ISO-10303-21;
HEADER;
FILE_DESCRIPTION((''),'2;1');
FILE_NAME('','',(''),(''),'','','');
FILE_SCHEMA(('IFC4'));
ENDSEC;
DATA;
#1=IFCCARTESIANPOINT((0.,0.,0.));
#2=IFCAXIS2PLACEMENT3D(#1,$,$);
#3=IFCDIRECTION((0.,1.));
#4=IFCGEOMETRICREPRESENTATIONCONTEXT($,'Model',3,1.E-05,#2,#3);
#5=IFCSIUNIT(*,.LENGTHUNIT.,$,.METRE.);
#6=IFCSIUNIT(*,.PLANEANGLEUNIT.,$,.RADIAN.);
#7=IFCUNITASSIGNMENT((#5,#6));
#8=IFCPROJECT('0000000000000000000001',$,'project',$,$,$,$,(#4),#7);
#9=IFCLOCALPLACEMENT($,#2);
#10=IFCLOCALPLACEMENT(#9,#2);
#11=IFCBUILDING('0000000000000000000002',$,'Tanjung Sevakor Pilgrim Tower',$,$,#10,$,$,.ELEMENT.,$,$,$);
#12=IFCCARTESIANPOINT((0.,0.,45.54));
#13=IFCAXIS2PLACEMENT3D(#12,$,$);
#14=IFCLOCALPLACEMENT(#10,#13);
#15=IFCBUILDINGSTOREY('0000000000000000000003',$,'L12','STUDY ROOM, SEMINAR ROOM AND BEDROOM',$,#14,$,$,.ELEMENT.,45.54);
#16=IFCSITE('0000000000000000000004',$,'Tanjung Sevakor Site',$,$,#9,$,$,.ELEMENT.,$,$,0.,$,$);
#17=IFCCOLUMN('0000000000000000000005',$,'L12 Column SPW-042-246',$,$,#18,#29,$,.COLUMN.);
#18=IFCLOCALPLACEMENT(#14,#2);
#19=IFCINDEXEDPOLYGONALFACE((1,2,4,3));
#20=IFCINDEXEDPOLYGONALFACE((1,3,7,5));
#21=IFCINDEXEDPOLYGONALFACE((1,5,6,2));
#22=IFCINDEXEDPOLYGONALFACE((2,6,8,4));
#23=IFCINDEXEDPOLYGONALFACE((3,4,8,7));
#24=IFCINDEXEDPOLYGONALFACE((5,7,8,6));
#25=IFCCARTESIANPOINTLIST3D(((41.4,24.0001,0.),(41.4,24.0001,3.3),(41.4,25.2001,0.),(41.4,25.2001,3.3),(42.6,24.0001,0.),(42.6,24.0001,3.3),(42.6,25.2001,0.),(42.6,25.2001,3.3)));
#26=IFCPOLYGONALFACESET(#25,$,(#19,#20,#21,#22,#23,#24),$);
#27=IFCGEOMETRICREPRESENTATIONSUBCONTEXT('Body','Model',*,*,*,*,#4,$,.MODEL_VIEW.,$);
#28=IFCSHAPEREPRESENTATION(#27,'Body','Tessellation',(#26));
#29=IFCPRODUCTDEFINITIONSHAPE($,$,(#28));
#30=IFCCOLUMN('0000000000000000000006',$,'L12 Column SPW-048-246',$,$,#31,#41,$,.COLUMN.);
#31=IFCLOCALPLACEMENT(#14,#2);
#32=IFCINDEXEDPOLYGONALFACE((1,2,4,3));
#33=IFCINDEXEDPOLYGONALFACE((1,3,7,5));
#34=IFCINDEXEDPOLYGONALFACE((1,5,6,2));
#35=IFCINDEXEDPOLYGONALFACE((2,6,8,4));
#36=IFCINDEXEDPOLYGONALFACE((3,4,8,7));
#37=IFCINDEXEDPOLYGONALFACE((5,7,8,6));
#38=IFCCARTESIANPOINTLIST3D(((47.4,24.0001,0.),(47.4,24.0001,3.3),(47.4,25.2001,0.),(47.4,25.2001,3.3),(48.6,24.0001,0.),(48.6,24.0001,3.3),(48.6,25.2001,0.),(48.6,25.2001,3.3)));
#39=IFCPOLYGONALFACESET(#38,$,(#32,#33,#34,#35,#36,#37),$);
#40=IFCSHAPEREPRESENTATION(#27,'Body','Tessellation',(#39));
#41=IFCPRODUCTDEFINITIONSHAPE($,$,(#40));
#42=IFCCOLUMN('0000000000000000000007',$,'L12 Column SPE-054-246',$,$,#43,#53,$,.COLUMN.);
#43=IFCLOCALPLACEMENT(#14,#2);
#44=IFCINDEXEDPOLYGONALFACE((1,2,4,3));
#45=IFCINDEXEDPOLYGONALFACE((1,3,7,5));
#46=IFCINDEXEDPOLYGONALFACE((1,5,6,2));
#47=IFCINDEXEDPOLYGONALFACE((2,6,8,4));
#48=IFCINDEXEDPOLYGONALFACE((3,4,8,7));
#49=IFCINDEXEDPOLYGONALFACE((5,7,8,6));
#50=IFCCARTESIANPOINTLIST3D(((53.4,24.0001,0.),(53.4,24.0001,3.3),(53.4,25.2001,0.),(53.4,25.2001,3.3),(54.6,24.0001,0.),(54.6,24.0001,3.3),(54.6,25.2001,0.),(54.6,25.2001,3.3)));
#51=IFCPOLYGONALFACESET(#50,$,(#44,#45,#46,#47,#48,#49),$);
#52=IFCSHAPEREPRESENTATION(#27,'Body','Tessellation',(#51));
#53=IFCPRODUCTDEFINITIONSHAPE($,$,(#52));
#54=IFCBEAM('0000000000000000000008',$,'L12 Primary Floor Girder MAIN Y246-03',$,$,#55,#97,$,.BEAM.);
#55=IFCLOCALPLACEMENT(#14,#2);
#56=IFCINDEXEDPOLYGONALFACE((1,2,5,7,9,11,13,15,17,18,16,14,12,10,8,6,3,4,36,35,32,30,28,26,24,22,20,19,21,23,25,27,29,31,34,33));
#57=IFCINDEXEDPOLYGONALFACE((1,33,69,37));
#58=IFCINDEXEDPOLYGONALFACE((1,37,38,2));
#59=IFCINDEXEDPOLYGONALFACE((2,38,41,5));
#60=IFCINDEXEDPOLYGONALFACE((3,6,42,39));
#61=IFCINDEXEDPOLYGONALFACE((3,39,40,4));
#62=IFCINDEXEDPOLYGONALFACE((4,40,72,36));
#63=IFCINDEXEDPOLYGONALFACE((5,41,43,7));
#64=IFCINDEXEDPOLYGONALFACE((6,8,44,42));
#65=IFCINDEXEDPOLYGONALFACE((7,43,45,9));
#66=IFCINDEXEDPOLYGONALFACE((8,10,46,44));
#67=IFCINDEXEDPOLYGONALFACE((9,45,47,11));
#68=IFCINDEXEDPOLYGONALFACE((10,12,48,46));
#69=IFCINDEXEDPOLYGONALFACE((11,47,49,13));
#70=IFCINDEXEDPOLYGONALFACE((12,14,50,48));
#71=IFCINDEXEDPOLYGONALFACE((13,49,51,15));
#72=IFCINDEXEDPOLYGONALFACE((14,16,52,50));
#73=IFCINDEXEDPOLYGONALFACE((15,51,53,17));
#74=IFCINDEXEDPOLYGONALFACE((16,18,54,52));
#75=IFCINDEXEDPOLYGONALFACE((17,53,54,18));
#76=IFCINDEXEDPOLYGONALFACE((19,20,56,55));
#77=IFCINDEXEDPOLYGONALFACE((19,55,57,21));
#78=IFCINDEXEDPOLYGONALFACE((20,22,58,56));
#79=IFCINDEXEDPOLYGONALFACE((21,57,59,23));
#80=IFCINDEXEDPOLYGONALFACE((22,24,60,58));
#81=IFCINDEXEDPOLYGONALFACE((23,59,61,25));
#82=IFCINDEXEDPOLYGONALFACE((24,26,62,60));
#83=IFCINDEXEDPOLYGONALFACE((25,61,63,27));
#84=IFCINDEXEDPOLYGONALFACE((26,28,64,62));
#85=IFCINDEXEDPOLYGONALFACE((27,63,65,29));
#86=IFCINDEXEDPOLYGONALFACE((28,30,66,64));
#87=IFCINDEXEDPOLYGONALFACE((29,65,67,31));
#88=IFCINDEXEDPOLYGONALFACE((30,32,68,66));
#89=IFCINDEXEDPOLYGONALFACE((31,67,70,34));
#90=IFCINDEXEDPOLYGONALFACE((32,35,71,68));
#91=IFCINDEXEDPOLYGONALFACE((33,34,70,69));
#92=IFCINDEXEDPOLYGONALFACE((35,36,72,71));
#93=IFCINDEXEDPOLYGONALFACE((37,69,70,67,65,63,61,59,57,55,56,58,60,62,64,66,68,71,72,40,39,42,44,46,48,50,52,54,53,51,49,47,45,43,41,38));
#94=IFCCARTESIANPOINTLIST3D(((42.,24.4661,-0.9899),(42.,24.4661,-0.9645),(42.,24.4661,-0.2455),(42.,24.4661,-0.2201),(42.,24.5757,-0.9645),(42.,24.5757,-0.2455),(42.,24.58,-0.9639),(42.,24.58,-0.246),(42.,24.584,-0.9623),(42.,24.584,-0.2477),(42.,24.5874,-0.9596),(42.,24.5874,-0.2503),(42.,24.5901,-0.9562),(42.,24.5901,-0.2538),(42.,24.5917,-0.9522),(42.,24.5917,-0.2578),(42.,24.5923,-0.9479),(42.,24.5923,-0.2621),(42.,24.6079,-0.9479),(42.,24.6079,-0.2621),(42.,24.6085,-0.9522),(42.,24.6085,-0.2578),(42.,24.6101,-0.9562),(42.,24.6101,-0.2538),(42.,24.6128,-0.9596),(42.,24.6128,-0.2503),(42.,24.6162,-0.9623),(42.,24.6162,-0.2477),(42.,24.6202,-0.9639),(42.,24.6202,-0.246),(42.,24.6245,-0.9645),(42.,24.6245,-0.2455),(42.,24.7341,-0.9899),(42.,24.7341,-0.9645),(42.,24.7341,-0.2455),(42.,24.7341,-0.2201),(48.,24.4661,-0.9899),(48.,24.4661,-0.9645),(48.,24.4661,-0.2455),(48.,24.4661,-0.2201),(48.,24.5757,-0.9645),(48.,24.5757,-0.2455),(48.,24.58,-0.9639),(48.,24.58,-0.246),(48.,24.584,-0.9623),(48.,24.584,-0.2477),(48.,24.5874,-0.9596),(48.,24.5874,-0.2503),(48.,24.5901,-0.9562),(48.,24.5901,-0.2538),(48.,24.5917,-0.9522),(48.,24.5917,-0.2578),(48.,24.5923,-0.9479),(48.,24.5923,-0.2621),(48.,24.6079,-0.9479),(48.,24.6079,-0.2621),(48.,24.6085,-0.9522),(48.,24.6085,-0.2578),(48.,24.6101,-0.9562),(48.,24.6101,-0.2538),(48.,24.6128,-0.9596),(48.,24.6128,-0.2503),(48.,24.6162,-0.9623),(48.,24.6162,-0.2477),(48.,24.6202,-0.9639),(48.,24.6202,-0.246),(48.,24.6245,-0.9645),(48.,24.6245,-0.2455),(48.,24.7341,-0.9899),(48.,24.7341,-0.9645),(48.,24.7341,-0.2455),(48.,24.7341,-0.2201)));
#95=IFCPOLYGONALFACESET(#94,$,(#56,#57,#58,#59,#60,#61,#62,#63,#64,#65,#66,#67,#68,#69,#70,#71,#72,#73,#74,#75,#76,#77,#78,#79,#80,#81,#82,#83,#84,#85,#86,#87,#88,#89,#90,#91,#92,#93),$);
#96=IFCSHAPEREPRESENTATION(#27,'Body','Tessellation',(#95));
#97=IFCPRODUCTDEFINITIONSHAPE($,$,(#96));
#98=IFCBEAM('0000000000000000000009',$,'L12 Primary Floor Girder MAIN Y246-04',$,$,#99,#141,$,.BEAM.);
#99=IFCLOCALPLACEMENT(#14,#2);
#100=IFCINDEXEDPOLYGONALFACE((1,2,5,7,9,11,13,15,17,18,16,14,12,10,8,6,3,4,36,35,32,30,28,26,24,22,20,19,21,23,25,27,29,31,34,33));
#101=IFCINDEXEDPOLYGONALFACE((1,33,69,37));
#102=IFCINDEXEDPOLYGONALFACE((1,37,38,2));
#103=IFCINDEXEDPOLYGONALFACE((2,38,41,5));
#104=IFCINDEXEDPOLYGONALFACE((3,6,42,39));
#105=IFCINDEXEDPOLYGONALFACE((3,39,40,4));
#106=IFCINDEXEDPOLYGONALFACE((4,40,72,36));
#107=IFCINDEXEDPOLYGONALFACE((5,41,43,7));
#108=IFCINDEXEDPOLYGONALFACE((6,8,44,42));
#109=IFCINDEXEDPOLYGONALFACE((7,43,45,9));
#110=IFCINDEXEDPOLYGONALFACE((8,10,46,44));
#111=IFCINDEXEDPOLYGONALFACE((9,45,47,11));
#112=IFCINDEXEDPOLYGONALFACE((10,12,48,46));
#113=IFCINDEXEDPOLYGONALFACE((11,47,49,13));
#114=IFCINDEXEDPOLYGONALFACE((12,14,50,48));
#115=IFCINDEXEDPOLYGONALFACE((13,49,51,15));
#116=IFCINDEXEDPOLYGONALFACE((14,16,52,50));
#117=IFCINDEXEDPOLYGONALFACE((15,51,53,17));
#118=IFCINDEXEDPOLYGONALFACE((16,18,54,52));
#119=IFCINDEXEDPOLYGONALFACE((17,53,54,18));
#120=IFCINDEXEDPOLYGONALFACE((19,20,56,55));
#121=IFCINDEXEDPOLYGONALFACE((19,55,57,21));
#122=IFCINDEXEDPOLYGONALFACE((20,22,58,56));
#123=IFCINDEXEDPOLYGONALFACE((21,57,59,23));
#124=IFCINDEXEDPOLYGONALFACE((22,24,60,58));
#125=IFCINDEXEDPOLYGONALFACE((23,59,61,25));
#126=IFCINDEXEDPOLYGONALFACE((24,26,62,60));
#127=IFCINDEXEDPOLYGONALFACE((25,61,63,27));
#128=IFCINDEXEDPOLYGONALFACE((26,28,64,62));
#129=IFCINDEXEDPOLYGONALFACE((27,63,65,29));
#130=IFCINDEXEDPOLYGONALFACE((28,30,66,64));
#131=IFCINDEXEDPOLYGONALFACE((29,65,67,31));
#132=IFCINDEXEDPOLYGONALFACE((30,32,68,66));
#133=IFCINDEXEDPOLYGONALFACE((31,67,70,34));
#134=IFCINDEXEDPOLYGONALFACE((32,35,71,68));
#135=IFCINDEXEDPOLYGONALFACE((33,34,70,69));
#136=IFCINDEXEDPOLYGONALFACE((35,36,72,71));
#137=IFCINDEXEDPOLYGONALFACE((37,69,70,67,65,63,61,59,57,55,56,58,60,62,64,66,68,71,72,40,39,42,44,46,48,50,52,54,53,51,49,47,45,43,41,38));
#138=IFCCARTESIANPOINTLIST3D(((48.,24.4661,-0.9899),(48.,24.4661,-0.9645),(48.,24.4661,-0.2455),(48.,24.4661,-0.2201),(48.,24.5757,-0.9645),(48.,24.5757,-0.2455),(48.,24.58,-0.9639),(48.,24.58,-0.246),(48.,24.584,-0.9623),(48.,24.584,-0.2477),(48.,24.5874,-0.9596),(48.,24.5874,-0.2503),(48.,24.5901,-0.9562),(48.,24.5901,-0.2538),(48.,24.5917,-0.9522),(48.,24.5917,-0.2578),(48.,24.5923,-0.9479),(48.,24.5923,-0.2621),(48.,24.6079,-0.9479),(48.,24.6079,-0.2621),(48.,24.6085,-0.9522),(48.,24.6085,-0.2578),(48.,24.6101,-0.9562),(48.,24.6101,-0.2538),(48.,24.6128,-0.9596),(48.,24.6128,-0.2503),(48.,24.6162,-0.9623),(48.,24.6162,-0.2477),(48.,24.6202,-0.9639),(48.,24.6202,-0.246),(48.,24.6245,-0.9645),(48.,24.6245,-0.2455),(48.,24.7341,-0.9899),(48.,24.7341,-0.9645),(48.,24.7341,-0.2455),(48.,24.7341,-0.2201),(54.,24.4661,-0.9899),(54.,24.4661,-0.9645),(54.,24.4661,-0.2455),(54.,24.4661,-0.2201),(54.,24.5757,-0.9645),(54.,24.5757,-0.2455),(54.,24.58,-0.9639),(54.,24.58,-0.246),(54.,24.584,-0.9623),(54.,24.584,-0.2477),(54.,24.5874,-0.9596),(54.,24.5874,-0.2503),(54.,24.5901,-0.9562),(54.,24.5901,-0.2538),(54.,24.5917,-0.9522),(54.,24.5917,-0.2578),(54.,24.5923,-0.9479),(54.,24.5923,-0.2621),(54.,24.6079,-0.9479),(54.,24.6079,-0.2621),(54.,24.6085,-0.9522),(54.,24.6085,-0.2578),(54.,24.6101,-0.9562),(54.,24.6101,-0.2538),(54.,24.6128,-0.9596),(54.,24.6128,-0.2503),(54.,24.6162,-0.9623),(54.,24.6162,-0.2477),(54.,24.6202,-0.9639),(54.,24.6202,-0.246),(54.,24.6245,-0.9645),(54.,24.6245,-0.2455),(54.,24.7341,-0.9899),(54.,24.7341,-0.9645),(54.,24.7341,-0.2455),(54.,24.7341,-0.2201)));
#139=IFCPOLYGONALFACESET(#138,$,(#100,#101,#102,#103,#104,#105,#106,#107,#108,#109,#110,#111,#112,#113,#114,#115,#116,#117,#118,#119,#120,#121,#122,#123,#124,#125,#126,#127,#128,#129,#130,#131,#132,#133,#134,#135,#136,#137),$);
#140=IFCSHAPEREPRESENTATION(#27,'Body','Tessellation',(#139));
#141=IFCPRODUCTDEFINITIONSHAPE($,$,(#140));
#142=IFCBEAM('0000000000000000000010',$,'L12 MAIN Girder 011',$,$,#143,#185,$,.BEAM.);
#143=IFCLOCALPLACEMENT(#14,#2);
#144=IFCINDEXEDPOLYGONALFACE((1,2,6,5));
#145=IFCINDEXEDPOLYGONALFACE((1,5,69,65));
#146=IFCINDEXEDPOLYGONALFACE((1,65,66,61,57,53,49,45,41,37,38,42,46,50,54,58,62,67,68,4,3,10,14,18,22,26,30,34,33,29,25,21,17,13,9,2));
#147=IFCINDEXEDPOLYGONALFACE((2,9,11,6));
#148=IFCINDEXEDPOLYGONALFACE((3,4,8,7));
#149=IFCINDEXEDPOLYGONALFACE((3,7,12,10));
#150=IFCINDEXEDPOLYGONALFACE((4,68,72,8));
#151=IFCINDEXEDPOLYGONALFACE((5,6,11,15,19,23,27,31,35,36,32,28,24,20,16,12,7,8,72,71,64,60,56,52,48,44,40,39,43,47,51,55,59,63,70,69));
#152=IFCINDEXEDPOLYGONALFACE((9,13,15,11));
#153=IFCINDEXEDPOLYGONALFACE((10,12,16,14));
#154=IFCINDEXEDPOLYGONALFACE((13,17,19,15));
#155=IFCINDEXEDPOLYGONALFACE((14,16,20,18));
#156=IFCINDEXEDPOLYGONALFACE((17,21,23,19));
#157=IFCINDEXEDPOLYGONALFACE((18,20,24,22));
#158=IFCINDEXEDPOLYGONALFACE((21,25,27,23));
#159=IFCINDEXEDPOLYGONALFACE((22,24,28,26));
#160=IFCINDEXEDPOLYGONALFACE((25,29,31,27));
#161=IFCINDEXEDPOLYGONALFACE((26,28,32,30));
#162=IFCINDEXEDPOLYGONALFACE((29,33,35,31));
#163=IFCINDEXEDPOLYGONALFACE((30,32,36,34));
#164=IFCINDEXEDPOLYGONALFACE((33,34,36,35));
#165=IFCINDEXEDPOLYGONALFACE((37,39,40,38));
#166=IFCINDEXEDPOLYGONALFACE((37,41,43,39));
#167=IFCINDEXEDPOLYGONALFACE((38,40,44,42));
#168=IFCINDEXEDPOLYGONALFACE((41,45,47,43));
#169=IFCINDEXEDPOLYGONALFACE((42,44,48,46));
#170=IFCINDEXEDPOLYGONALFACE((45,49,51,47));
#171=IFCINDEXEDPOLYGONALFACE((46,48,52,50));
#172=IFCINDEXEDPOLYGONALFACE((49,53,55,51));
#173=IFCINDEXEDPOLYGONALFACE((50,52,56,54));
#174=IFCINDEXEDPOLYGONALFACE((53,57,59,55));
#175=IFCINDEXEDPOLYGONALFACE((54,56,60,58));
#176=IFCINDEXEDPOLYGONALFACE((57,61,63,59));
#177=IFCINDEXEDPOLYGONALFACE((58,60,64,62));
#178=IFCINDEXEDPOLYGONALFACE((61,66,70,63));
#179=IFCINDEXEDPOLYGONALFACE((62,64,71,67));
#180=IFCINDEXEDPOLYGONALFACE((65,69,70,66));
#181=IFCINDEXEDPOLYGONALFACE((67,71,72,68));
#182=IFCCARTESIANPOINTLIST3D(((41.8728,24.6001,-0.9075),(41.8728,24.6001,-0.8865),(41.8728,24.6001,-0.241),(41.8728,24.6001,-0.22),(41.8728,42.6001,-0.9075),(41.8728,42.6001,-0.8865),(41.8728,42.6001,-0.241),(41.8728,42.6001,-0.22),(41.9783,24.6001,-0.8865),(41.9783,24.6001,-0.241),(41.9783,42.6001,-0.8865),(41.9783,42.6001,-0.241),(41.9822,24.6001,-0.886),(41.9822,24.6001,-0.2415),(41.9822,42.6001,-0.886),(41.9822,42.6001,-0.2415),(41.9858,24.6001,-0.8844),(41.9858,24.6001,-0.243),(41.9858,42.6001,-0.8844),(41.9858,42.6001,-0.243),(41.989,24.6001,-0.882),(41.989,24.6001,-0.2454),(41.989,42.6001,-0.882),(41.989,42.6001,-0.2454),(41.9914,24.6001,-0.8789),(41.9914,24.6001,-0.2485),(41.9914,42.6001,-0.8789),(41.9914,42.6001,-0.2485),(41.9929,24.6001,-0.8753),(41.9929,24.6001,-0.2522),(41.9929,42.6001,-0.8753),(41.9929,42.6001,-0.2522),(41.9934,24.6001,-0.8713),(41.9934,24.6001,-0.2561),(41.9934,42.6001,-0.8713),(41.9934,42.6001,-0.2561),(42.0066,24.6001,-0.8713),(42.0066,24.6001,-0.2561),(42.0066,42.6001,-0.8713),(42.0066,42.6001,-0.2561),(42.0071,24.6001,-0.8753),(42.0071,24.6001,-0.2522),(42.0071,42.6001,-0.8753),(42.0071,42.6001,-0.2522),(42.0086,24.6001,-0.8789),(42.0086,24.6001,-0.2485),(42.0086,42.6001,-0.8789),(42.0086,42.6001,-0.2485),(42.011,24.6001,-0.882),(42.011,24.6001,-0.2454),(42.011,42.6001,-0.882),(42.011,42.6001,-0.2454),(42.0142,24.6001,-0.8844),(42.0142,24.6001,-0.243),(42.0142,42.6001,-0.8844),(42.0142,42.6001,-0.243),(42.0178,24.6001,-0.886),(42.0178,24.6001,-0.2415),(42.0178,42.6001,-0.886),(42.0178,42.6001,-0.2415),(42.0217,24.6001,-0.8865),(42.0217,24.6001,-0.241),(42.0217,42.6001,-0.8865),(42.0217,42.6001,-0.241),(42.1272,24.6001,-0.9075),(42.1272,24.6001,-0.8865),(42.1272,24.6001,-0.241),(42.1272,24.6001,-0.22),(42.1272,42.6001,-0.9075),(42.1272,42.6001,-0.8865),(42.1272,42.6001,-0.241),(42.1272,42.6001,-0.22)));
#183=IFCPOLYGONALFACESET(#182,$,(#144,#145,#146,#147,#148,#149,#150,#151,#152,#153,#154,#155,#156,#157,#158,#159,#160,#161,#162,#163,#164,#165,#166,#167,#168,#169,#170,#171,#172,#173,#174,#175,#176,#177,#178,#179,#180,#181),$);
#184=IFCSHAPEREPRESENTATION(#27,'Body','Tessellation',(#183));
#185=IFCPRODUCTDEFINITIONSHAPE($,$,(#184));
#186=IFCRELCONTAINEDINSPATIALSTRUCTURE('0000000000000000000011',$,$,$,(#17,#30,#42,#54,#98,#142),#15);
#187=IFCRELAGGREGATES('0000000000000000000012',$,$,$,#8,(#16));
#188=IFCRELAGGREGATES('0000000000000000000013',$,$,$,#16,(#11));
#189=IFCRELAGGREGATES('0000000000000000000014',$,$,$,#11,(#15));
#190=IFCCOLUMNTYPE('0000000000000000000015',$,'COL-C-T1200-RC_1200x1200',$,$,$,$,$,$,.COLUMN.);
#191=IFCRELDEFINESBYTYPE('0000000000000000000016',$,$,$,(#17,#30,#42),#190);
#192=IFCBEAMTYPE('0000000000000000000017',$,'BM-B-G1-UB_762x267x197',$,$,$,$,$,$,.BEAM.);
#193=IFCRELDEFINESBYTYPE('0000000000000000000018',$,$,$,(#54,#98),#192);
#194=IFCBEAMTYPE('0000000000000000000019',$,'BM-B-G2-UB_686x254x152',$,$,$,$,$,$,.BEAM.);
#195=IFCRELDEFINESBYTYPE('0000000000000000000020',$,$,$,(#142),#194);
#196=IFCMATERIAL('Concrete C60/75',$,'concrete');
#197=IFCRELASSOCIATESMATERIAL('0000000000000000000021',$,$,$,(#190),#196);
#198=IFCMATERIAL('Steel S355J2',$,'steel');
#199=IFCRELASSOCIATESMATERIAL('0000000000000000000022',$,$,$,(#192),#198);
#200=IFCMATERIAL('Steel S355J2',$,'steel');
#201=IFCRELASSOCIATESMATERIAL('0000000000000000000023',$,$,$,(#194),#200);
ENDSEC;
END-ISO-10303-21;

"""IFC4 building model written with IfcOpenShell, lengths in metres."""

from ifc_helpers import new_model, si_unit, direction, frame, origin, origin_2d, place, context, subcontext, project, spatial, rectangle, i_section, extrude, material, material_profile, profile_set, type_object, element, save


model = new_model("IFC4")

# Units and contexts
model_context = context("Model", 3, precision=1e-05, world=origin(), true_north=direction((0.0, 1.0)))
body_context = subcontext(model_context, "Body", "Model", "MODEL_VIEW")
ifc_project = project(units=[si_unit("LENGTHUNIT", "METRE"), si_unit("PLANEANGLEUNIT", "RADIAN")], contexts=[model_context])

# Site, building, storey
site_placement = place(None, origin())
site = spatial("IfcSite", under=ifc_project, at=site_placement, Name="Tanjung Sevakor Site", CompositionType="ELEMENT", RefElevation=0.0)
building_placement = place(site_placement, origin())
building = spatial("IfcBuilding", under=site, at=building_placement, Name="Tanjung Sevakor Pilgrim Tower", CompositionType="ELEMENT")
storey_placement = place(building_placement, frame((0.0, 0.0, 45.54)))
storey = spatial("IfcBuildingStorey", under=building, at=storey_placement, Name="L12", Description="STUDY ROOM, SEMINAR ROOM AND BEDROOM", CompositionType="ELEMENT", Elevation=45.54)

# Columns
ifc_material_1 = material(Name="Concrete C60/75", Category="concrete")
ifc_material_profile_1 = material_profile(ifc_material_1, rectangle(XDim=1.2, YDim=1.2, at=origin_2d()))
ifc_profile_set_1 = profile_set([ifc_material_profile_1], Name="Concrete C60/75")
column_type = type_object("IfcColumnType", Name="COL-C-T1200-RC_1200x1200", PredefinedType="COLUMN", material=ifc_profile_set_1)
for number, where, z_axis, x_axis, name in (
    (1, (42.0, 24.6001, 0.0), (0.0, 0.0, 1.0), (1.0, 0.0, 0.0), "L12 Column SPW-042-246"),
    (2, (48.0, 24.6001, 0.0), (0.0, 0.0, 1.0), (1.0, 0.0, 0.0), "L12 Column SPW-048-246"),
    (3, (54.0, 24.6001, 0.0), (0.0, 0.0, 1.0), (1.0, 0.0, 0.0), "L12 Column SPE-054-246"),
):
    element("IfcColumn", number, at=place(storey_placement, frame(where, z_axis=z_axis, x_axis=x_axis)), inside=storey, type_object=column_type, Name=name, PredefinedType="COLUMN", context=body_context, shape_type="SweptSolid", body=[
        extrude(rectangle(XDim=1.2, YDim=1.2, at=origin_2d()), origin(), (0.0, 0.0, 1.0), 3.3),
    ])

# Beams
ifc_material_2 = material(Name="Steel S355J2", Category="steel")
ifc_material_profile_2 = material_profile(ifc_material_2, i_section(OverallWidth=0.2681, OverallDepth=0.7698, WebThickness=0.0156, FlangeThickness=0.0254, FilletRadius=0.0166, at=origin_2d()))
ifc_profile_set_2 = profile_set([ifc_material_profile_2], Name="Steel S355J2")
beam_type_1 = type_object("IfcBeamType", Name="BM-B-G1-UB_762x267x197", PredefinedType="BEAM", material=ifc_profile_set_2)
for number, where, z_axis, x_axis, name in (
    (4, (42.0, 24.6001, -0.605), (1.0, 0.0, 0.0), (0.0, 1.0, 0.0), "L12 Primary Floor Girder MAIN Y246-03"),
    (5, (48.0, 24.6001, -0.605), (1.0, 0.0, 0.0), (0.0, 1.0, 0.0), "L12 Primary Floor Girder MAIN Y246-04"),
):
    element("IfcBeam", number, at=place(storey_placement, frame(where, z_axis=z_axis, x_axis=x_axis)), inside=storey, type_object=beam_type_1, Name=name, PredefinedType="BEAM", context=body_context, shape_type="SweptSolid", body=[
        extrude(i_section(OverallWidth=0.2681, OverallDepth=0.7698, WebThickness=0.0156, FlangeThickness=0.0254, FilletRadius=0.0166, at=origin_2d()), origin(), (0.0, 0.0, 1.0), 6.0),
    ])
ifc_material_3 = material(Name="Steel S355J2", Category="steel")
ifc_material_profile_3 = material_profile(ifc_material_3, i_section(OverallWidth=0.2544, OverallDepth=0.6875, WebThickness=0.0132, FlangeThickness=0.021, FilletRadius=0.0151, at=origin_2d()))
ifc_profile_set_3 = profile_set([ifc_material_profile_3], Name="Steel S355J2")
beam_type_2 = type_object("IfcBeamType", Name="BM-B-G2-UB_686x254x152", PredefinedType="BEAM", material=ifc_profile_set_3)
beam_1_placement = place(storey_placement, frame((42.0, 24.6001, -0.5637), z_axis=(0.0, 1.0, 0.0), x_axis=(-1.0, 0.0, 0.0)))
element("IfcBeam", 6, at=beam_1_placement, inside=storey, type_object=beam_type_2, Name="L12 MAIN Girder 011", PredefinedType="BEAM", context=body_context, shape_type="SweptSolid", body=[
    extrude(i_section(OverallWidth=0.2544, OverallDepth=0.6875, WebThickness=0.0132, FlangeThickness=0.021, FilletRadius=0.0151, at=origin_2d()), origin(), (0.0, 0.0, 1.0), 18.0),
])

save(model, "model.ifc")
